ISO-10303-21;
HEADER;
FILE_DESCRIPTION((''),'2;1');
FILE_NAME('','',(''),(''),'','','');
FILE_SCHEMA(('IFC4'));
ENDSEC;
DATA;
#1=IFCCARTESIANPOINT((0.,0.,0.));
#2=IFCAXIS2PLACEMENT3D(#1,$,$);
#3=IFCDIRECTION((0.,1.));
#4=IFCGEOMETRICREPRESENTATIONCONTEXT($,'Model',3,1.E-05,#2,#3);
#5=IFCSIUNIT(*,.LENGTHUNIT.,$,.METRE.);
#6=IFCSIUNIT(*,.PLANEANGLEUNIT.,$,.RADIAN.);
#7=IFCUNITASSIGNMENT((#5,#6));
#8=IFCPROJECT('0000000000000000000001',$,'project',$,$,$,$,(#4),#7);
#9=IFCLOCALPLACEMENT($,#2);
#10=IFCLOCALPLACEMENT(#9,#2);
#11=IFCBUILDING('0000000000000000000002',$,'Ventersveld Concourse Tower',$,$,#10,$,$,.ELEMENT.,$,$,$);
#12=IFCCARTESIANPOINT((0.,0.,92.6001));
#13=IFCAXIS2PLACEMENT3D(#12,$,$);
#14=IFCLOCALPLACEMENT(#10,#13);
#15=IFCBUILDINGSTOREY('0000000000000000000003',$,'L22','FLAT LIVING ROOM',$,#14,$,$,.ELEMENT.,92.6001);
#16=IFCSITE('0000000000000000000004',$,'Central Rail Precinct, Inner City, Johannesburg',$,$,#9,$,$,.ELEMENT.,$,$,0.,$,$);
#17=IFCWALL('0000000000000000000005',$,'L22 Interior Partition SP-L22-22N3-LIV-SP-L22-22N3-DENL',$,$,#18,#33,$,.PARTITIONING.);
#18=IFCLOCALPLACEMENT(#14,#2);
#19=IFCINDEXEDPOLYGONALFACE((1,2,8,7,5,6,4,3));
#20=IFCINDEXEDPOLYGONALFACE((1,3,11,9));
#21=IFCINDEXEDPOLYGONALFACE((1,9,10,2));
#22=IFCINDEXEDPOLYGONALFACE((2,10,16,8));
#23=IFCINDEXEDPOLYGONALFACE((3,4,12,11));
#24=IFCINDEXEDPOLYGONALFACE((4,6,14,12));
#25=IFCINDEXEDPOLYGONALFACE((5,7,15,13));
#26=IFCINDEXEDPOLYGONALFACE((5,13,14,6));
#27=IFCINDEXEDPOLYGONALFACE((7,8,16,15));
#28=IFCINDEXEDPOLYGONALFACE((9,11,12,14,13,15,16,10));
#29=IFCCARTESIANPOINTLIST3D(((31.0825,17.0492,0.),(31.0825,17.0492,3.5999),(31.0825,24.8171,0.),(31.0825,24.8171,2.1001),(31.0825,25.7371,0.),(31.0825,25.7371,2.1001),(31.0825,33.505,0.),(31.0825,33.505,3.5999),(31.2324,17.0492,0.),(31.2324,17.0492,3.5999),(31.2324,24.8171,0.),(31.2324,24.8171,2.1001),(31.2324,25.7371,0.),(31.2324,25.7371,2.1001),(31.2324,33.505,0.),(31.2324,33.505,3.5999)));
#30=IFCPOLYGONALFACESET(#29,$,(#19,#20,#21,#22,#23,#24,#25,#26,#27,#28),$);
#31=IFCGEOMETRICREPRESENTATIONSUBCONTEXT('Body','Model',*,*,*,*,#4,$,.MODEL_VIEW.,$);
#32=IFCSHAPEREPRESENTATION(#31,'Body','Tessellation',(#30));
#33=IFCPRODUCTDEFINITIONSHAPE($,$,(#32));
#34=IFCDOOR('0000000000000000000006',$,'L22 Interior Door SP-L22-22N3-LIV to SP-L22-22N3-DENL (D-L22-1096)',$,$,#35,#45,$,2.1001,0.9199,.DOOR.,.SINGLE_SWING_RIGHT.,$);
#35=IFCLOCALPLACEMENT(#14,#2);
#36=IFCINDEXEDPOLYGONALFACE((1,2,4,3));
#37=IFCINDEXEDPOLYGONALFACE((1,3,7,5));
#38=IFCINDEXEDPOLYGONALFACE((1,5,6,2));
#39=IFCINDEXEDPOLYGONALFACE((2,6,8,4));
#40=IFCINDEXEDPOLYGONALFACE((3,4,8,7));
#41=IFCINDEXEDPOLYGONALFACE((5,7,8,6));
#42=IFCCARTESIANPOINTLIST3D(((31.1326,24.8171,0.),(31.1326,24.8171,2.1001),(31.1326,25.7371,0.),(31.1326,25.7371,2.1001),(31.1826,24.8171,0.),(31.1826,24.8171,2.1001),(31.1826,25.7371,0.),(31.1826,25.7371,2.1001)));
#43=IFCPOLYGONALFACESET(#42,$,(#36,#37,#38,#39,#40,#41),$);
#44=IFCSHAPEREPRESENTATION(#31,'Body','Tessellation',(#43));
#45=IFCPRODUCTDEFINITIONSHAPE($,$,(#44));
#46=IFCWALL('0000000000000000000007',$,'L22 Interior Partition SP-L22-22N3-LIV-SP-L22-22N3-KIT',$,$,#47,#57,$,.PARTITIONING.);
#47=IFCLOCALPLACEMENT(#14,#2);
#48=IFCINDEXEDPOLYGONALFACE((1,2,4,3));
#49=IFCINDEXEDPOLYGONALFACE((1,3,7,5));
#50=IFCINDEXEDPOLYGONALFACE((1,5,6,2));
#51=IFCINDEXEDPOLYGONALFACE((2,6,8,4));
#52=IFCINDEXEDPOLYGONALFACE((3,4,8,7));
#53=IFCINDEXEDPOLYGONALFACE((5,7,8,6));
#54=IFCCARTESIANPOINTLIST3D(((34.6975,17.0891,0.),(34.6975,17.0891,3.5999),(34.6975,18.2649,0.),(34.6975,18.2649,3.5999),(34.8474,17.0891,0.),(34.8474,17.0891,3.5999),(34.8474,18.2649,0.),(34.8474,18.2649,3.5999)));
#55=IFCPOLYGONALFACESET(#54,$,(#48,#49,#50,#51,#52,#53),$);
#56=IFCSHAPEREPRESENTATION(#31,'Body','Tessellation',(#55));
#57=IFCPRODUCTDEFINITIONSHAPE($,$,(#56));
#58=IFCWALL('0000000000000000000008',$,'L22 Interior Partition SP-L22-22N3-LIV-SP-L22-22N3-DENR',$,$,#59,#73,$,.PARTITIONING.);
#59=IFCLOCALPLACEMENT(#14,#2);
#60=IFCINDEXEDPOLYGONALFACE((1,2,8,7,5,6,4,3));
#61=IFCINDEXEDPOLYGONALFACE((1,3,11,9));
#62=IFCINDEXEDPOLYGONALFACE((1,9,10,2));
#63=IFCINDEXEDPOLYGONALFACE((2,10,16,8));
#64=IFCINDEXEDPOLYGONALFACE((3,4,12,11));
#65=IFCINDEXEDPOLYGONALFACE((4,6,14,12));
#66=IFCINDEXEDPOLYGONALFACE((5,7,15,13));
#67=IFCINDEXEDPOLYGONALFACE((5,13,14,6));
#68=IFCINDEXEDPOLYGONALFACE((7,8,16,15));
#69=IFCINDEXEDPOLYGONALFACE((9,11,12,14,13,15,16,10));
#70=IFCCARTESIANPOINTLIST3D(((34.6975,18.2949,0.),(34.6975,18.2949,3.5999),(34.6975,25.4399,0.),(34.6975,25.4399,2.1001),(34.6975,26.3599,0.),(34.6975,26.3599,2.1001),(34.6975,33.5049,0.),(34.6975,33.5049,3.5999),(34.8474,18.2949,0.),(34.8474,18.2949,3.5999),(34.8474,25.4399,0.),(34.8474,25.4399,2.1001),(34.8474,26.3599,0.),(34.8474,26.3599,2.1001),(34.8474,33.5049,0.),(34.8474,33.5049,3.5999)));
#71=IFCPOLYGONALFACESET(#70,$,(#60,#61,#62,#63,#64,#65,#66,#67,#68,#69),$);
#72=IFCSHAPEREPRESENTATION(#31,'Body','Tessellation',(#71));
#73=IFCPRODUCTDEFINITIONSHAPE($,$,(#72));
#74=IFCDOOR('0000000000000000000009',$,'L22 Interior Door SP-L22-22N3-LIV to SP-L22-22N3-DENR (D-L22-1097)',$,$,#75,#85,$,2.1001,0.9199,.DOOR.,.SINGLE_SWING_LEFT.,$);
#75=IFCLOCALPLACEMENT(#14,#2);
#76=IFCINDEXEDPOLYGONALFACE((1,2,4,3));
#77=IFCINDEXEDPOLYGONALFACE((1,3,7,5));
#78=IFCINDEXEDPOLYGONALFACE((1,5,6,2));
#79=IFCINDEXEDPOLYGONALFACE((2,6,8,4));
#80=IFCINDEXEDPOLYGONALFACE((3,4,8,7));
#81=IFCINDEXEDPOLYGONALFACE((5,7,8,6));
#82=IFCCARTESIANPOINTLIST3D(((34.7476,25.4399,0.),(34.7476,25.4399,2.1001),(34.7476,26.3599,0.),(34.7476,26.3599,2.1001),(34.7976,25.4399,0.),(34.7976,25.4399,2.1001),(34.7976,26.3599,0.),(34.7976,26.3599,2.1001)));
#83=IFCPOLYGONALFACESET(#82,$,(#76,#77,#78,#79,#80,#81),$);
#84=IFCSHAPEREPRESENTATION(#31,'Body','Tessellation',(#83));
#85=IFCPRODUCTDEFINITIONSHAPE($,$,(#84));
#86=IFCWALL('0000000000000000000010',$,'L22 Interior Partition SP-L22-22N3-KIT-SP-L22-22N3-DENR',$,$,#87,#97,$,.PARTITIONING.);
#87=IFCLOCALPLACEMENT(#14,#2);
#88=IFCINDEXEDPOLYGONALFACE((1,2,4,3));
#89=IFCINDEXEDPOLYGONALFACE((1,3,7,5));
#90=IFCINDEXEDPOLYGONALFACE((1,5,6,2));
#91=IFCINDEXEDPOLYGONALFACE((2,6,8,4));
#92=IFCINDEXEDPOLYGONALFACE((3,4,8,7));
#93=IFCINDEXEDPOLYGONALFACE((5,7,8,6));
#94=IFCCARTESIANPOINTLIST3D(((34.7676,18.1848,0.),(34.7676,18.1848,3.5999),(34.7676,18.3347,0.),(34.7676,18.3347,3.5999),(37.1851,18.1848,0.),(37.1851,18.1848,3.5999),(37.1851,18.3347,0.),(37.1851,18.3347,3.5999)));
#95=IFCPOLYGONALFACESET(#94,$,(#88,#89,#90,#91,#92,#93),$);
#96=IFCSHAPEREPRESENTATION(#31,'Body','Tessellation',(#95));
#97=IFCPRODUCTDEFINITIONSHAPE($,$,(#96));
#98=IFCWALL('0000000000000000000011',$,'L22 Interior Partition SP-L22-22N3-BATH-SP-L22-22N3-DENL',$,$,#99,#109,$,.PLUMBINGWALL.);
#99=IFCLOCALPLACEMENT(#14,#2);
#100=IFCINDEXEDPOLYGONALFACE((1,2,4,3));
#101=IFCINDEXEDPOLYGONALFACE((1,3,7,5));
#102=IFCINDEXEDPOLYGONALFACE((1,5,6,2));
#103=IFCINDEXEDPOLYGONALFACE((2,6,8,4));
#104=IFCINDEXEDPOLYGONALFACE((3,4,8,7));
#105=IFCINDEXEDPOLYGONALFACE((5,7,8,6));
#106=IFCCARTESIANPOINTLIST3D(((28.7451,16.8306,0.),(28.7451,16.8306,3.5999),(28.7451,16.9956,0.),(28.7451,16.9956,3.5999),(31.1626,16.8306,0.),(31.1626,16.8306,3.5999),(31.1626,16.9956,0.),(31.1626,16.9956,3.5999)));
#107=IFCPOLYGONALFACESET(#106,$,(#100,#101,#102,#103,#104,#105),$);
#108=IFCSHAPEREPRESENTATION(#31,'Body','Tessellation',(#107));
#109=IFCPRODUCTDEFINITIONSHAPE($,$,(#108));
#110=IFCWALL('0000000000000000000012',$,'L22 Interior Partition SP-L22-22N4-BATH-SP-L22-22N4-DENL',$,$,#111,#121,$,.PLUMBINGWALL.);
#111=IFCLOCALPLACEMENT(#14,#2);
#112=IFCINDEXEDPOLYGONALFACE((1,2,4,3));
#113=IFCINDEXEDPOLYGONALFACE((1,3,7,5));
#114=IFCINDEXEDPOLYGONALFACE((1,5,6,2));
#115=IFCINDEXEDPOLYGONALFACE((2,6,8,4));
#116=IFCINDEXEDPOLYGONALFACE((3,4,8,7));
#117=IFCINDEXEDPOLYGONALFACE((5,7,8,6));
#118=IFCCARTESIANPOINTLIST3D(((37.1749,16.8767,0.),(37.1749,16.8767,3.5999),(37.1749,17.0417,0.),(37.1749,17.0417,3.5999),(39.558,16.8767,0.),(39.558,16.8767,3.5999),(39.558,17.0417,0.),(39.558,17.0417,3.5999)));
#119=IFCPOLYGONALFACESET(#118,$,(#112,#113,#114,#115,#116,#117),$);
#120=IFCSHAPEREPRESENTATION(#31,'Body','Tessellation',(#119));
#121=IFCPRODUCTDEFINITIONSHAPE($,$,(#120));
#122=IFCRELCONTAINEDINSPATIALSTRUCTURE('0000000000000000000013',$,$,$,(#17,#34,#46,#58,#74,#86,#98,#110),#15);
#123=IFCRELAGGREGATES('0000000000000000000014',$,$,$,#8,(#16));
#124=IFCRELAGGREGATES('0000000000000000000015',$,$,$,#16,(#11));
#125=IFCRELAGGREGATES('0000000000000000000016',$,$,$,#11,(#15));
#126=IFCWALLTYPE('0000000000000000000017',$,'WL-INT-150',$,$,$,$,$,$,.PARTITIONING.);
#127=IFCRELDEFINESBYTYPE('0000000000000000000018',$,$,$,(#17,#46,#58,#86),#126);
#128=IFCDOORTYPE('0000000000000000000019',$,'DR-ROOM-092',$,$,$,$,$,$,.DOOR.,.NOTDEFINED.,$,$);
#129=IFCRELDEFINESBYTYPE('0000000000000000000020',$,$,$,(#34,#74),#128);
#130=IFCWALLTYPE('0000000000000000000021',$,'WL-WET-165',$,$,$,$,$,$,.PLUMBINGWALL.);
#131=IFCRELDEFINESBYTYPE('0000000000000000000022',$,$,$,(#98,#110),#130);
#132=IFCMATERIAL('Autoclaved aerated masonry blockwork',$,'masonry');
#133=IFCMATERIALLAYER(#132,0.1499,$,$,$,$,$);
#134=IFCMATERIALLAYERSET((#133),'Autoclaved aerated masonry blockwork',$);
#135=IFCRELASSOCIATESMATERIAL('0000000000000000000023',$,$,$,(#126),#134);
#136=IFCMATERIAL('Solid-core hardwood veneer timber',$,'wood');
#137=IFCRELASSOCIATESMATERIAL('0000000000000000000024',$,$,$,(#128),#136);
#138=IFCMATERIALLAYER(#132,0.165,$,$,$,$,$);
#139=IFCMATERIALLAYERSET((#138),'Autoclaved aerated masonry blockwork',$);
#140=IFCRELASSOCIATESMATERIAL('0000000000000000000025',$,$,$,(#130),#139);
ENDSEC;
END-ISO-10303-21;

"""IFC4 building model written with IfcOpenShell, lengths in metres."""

from ifc_helpers import new_model, si_unit, direction, frame, frame_2d, origin, place, context, subcontext, project, spatial, rectangle, extrude, material, layer, layer_set, type_object, element, fill, save


model = new_model("IFC4")

# Units and contexts
model_context = context("Model", 3, precision=1e-05, world=origin(), true_north=direction((0.0, 1.0)))
body_context = subcontext(model_context, "Body", "Model", "MODEL_VIEW")
ifc_project = project(units=[si_unit("LENGTHUNIT", "METRE"), si_unit("PLANEANGLEUNIT", "RADIAN")], contexts=[model_context])

# Site, building, storey
site_placement = place(None, origin())
site = spatial("IfcSite", under=ifc_project, at=site_placement, Name="Central Rail Precinct, Inner City, Johannesburg", CompositionType="ELEMENT", RefElevation=0.0)
building_placement = place(site_placement, origin())
building = spatial("IfcBuilding", under=site, at=building_placement, Name="Ventersveld Concourse Tower", CompositionType="ELEMENT")
storey_placement = place(building_placement, frame((0.0, 0.0, 92.6001)))
storey = spatial("IfcBuildingStorey", under=building, at=storey_placement, Name="L22", Description="FLAT LIVING ROOM", CompositionType="ELEMENT", Elevation=92.6001)

# Wall, opening, door
ifc_material_1 = material(Name="Autoclaved aerated masonry blockwork", Category="masonry")
ifc_layer_1 = layer(ifc_material_1, 0.1499)
ifc_layer_set_1 = layer_set([ifc_layer_1], Name="Autoclaved aerated masonry blockwork")
wall_type_1 = type_object("IfcWallType", Name="WL-INT-150", PredefinedType="PARTITIONING", material=ifc_layer_set_1)
ifc_material_2 = material(Name="Solid-core hardwood veneer timber", Category="wood")
door_type = type_object("IfcDoorType", Name="DR-ROOM-092", OperationType="NOTDEFINED", PredefinedType="DOOR", material=ifc_material_2)
wall_1_placement = place(storey_placement, frame((31.1575, 17.0491, 0.0), z_axis=(0.0, 0.0, 1.0), x_axis=(0.0, 1.0, 0.0)))
wall_1 = element("IfcWall", 1, at=wall_1_placement, inside=storey, type_object=wall_type_1, Name="L22 Interior Partition SP-L22-22N3-LIV-SP-L22-22N3-DENL", PredefinedType="PARTITIONING", context=body_context, shape_type="SweptSolid", body=[
    extrude(rectangle(XDim=16.4558, YDim=0.1499, at=frame_2d((8.228, 0.0))), origin(), (0.0, 0.0, 1.0), 3.5999),
])
opening_1_placement = place(wall_1_placement, frame((7.7681, 0.0, 0.0)))
opening_1 = element("IfcOpeningElement", 2, at=opening_1_placement, cuts=wall_1, PredefinedType="OPENING", context=body_context, shape_type="SweptSolid", body=[
    extrude(rectangle(XDim=0.9199, YDim=2.1001, at=frame_2d((0.46, 1.05))), frame((0.0, 0.085, 0.0), z_axis=(0.0, -1.0, 0.0), x_axis=(1.0, 0.0, 0.0)), (0.0, 0.0, 1.0), 0.1699),
])
door_1_placement = place(opening_1_placement, origin())
door_1 = element("IfcDoor", 3, at=door_1_placement, inside=storey, type_object=door_type, Name="L22 Interior Door SP-L22-22N3-LIV to SP-L22-22N3-DENL (D-L22-1096)", OperationType="SINGLE_SWING_RIGHT", OverallHeight=2.1001, OverallWidth=0.9199, PredefinedType="DOOR", context=body_context, shape_type="SweptSolid", body=[
    extrude(rectangle(XDim=0.9199, YDim=2.1001, at=frame_2d((0.46, 1.05))), frame((0.0, 0.0249, 0.0), z_axis=(0.0, -1.0, 0.0), x_axis=(1.0, 0.0, 0.0)), (0.0, 0.0, 1.0), 0.05),
])
fill(opening_1, door_1)

# Wall
wall_2_placement = place(storey_placement, frame((34.7725, 17.0891, 0.0), z_axis=(0.0, 0.0, 1.0), x_axis=(0.0, 1.0, 0.0)))
element("IfcWall", 4, at=wall_2_placement, inside=storey, type_object=wall_type_1, Name="L22 Interior Partition SP-L22-22N3-LIV-SP-L22-22N3-KIT", PredefinedType="PARTITIONING", context=body_context, shape_type="SweptSolid", body=[
    extrude(rectangle(XDim=1.1758, YDim=0.1499, at=frame_2d((0.5879, 0.0))), origin(), (0.0, 0.0, 1.0), 3.5999),
])

# Wall, opening, door
wall_3_placement = place(storey_placement, frame((34.7725, 18.2949, 0.0), z_axis=(0.0, 0.0, 1.0), x_axis=(0.0, 1.0, 0.0)))
wall_3 = element("IfcWall", 5, at=wall_3_placement, inside=storey, type_object=wall_type_1, Name="L22 Interior Partition SP-L22-22N3-LIV-SP-L22-22N3-DENR", PredefinedType="PARTITIONING", context=body_context, shape_type="SweptSolid", body=[
    extrude(rectangle(XDim=15.21, YDim=0.1499, at=frame_2d((7.605, 0.0))), origin(), (0.0, 0.0, 1.0), 3.5999),
])
opening_2_placement = place(wall_3_placement, frame((7.145, 0.0, 0.0)))
opening_2 = element("IfcOpeningElement", 6, at=opening_2_placement, cuts=wall_3, PredefinedType="OPENING", context=body_context, shape_type="SweptSolid", body=[
    extrude(rectangle(XDim=0.9199, YDim=2.1001, at=frame_2d((0.46, 1.05))), frame((0.0, 0.085, 0.0), z_axis=(0.0, -1.0, 0.0), x_axis=(1.0, 0.0, 0.0)), (0.0, 0.0, 1.0), 0.1699),
])
door_2_placement = place(opening_2_placement, origin())
door_2 = element("IfcDoor", 7, at=door_2_placement, inside=storey, type_object=door_type, Name="L22 Interior Door SP-L22-22N3-LIV to SP-L22-22N3-DENR (D-L22-1097)", OperationType="SINGLE_SWING_LEFT", OverallHeight=2.1001, OverallWidth=0.9199, PredefinedType="DOOR", context=body_context, shape_type="SweptSolid", body=[
    extrude(rectangle(XDim=0.9199, YDim=2.1001, at=frame_2d((0.46, 1.05))), frame((0.0, 0.0249, 0.0), z_axis=(0.0, -1.0, 0.0), x_axis=(1.0, 0.0, 0.0)), (0.0, 0.0, 1.0), 0.05),
])
fill(opening_2, door_2)

# Walls
wall_4_placement = place(storey_placement, frame((34.7676, 18.2598, 0.0), z_axis=(0.0, 0.0, 1.0), x_axis=(1.0, 0.0, 0.0)))
element("IfcWall", 8, at=wall_4_placement, inside=storey, type_object=wall_type_1, Name="L22 Interior Partition SP-L22-22N3-KIT-SP-L22-22N3-DENR", PredefinedType="PARTITIONING", context=body_context, shape_type="SweptSolid", body=[
    extrude(rectangle(XDim=2.4175, YDim=0.1499, at=frame_2d((1.2087, 0.0))), origin(), (0.0, 0.0, 1.0), 3.5999),
])
ifc_layer_2 = layer(ifc_material_1, 0.165)
ifc_layer_set_2 = layer_set([ifc_layer_2], Name="Autoclaved aerated masonry blockwork")
wall_type_2 = type_object("IfcWallType", Name="WL-WET-165", PredefinedType="PLUMBINGWALL", material=ifc_layer_set_2)
wall_5_placement = place(storey_placement, frame((28.7451, 16.9131, 0.0), z_axis=(0.0, 0.0, 1.0), x_axis=(1.0, 0.0, 0.0)))
element("IfcWall", 9, at=wall_5_placement, inside=storey, type_object=wall_type_2, Name="L22 Interior Partition SP-L22-22N3-BATH-SP-L22-22N3-DENL", PredefinedType="PLUMBINGWALL", context=body_context, shape_type="SweptSolid", body=[
    extrude(rectangle(XDim=2.4175, YDim=0.165, at=frame_2d((1.2087, 0.0))), origin(), (0.0, 0.0, 1.0), 3.5999),
])
wall_6_placement = place(storey_placement, frame((37.175, 16.9592, 0.0), z_axis=(0.0, 0.0, 1.0), x_axis=(1.0, 0.0, 0.0)))
element("IfcWall", 10, at=wall_6_placement, inside=storey, type_object=wall_type_2, Name="L22 Interior Partition SP-L22-22N4-BATH-SP-L22-22N4-DENL", PredefinedType="PLUMBINGWALL", context=body_context, shape_type="SweptSolid", body=[
    extrude(rectangle(XDim=2.3831, YDim=0.165, at=frame_2d((1.1914, 0.0))), origin(), (0.0, 0.0, 1.0), 3.5999),
])

save(model, "model.ifc")
